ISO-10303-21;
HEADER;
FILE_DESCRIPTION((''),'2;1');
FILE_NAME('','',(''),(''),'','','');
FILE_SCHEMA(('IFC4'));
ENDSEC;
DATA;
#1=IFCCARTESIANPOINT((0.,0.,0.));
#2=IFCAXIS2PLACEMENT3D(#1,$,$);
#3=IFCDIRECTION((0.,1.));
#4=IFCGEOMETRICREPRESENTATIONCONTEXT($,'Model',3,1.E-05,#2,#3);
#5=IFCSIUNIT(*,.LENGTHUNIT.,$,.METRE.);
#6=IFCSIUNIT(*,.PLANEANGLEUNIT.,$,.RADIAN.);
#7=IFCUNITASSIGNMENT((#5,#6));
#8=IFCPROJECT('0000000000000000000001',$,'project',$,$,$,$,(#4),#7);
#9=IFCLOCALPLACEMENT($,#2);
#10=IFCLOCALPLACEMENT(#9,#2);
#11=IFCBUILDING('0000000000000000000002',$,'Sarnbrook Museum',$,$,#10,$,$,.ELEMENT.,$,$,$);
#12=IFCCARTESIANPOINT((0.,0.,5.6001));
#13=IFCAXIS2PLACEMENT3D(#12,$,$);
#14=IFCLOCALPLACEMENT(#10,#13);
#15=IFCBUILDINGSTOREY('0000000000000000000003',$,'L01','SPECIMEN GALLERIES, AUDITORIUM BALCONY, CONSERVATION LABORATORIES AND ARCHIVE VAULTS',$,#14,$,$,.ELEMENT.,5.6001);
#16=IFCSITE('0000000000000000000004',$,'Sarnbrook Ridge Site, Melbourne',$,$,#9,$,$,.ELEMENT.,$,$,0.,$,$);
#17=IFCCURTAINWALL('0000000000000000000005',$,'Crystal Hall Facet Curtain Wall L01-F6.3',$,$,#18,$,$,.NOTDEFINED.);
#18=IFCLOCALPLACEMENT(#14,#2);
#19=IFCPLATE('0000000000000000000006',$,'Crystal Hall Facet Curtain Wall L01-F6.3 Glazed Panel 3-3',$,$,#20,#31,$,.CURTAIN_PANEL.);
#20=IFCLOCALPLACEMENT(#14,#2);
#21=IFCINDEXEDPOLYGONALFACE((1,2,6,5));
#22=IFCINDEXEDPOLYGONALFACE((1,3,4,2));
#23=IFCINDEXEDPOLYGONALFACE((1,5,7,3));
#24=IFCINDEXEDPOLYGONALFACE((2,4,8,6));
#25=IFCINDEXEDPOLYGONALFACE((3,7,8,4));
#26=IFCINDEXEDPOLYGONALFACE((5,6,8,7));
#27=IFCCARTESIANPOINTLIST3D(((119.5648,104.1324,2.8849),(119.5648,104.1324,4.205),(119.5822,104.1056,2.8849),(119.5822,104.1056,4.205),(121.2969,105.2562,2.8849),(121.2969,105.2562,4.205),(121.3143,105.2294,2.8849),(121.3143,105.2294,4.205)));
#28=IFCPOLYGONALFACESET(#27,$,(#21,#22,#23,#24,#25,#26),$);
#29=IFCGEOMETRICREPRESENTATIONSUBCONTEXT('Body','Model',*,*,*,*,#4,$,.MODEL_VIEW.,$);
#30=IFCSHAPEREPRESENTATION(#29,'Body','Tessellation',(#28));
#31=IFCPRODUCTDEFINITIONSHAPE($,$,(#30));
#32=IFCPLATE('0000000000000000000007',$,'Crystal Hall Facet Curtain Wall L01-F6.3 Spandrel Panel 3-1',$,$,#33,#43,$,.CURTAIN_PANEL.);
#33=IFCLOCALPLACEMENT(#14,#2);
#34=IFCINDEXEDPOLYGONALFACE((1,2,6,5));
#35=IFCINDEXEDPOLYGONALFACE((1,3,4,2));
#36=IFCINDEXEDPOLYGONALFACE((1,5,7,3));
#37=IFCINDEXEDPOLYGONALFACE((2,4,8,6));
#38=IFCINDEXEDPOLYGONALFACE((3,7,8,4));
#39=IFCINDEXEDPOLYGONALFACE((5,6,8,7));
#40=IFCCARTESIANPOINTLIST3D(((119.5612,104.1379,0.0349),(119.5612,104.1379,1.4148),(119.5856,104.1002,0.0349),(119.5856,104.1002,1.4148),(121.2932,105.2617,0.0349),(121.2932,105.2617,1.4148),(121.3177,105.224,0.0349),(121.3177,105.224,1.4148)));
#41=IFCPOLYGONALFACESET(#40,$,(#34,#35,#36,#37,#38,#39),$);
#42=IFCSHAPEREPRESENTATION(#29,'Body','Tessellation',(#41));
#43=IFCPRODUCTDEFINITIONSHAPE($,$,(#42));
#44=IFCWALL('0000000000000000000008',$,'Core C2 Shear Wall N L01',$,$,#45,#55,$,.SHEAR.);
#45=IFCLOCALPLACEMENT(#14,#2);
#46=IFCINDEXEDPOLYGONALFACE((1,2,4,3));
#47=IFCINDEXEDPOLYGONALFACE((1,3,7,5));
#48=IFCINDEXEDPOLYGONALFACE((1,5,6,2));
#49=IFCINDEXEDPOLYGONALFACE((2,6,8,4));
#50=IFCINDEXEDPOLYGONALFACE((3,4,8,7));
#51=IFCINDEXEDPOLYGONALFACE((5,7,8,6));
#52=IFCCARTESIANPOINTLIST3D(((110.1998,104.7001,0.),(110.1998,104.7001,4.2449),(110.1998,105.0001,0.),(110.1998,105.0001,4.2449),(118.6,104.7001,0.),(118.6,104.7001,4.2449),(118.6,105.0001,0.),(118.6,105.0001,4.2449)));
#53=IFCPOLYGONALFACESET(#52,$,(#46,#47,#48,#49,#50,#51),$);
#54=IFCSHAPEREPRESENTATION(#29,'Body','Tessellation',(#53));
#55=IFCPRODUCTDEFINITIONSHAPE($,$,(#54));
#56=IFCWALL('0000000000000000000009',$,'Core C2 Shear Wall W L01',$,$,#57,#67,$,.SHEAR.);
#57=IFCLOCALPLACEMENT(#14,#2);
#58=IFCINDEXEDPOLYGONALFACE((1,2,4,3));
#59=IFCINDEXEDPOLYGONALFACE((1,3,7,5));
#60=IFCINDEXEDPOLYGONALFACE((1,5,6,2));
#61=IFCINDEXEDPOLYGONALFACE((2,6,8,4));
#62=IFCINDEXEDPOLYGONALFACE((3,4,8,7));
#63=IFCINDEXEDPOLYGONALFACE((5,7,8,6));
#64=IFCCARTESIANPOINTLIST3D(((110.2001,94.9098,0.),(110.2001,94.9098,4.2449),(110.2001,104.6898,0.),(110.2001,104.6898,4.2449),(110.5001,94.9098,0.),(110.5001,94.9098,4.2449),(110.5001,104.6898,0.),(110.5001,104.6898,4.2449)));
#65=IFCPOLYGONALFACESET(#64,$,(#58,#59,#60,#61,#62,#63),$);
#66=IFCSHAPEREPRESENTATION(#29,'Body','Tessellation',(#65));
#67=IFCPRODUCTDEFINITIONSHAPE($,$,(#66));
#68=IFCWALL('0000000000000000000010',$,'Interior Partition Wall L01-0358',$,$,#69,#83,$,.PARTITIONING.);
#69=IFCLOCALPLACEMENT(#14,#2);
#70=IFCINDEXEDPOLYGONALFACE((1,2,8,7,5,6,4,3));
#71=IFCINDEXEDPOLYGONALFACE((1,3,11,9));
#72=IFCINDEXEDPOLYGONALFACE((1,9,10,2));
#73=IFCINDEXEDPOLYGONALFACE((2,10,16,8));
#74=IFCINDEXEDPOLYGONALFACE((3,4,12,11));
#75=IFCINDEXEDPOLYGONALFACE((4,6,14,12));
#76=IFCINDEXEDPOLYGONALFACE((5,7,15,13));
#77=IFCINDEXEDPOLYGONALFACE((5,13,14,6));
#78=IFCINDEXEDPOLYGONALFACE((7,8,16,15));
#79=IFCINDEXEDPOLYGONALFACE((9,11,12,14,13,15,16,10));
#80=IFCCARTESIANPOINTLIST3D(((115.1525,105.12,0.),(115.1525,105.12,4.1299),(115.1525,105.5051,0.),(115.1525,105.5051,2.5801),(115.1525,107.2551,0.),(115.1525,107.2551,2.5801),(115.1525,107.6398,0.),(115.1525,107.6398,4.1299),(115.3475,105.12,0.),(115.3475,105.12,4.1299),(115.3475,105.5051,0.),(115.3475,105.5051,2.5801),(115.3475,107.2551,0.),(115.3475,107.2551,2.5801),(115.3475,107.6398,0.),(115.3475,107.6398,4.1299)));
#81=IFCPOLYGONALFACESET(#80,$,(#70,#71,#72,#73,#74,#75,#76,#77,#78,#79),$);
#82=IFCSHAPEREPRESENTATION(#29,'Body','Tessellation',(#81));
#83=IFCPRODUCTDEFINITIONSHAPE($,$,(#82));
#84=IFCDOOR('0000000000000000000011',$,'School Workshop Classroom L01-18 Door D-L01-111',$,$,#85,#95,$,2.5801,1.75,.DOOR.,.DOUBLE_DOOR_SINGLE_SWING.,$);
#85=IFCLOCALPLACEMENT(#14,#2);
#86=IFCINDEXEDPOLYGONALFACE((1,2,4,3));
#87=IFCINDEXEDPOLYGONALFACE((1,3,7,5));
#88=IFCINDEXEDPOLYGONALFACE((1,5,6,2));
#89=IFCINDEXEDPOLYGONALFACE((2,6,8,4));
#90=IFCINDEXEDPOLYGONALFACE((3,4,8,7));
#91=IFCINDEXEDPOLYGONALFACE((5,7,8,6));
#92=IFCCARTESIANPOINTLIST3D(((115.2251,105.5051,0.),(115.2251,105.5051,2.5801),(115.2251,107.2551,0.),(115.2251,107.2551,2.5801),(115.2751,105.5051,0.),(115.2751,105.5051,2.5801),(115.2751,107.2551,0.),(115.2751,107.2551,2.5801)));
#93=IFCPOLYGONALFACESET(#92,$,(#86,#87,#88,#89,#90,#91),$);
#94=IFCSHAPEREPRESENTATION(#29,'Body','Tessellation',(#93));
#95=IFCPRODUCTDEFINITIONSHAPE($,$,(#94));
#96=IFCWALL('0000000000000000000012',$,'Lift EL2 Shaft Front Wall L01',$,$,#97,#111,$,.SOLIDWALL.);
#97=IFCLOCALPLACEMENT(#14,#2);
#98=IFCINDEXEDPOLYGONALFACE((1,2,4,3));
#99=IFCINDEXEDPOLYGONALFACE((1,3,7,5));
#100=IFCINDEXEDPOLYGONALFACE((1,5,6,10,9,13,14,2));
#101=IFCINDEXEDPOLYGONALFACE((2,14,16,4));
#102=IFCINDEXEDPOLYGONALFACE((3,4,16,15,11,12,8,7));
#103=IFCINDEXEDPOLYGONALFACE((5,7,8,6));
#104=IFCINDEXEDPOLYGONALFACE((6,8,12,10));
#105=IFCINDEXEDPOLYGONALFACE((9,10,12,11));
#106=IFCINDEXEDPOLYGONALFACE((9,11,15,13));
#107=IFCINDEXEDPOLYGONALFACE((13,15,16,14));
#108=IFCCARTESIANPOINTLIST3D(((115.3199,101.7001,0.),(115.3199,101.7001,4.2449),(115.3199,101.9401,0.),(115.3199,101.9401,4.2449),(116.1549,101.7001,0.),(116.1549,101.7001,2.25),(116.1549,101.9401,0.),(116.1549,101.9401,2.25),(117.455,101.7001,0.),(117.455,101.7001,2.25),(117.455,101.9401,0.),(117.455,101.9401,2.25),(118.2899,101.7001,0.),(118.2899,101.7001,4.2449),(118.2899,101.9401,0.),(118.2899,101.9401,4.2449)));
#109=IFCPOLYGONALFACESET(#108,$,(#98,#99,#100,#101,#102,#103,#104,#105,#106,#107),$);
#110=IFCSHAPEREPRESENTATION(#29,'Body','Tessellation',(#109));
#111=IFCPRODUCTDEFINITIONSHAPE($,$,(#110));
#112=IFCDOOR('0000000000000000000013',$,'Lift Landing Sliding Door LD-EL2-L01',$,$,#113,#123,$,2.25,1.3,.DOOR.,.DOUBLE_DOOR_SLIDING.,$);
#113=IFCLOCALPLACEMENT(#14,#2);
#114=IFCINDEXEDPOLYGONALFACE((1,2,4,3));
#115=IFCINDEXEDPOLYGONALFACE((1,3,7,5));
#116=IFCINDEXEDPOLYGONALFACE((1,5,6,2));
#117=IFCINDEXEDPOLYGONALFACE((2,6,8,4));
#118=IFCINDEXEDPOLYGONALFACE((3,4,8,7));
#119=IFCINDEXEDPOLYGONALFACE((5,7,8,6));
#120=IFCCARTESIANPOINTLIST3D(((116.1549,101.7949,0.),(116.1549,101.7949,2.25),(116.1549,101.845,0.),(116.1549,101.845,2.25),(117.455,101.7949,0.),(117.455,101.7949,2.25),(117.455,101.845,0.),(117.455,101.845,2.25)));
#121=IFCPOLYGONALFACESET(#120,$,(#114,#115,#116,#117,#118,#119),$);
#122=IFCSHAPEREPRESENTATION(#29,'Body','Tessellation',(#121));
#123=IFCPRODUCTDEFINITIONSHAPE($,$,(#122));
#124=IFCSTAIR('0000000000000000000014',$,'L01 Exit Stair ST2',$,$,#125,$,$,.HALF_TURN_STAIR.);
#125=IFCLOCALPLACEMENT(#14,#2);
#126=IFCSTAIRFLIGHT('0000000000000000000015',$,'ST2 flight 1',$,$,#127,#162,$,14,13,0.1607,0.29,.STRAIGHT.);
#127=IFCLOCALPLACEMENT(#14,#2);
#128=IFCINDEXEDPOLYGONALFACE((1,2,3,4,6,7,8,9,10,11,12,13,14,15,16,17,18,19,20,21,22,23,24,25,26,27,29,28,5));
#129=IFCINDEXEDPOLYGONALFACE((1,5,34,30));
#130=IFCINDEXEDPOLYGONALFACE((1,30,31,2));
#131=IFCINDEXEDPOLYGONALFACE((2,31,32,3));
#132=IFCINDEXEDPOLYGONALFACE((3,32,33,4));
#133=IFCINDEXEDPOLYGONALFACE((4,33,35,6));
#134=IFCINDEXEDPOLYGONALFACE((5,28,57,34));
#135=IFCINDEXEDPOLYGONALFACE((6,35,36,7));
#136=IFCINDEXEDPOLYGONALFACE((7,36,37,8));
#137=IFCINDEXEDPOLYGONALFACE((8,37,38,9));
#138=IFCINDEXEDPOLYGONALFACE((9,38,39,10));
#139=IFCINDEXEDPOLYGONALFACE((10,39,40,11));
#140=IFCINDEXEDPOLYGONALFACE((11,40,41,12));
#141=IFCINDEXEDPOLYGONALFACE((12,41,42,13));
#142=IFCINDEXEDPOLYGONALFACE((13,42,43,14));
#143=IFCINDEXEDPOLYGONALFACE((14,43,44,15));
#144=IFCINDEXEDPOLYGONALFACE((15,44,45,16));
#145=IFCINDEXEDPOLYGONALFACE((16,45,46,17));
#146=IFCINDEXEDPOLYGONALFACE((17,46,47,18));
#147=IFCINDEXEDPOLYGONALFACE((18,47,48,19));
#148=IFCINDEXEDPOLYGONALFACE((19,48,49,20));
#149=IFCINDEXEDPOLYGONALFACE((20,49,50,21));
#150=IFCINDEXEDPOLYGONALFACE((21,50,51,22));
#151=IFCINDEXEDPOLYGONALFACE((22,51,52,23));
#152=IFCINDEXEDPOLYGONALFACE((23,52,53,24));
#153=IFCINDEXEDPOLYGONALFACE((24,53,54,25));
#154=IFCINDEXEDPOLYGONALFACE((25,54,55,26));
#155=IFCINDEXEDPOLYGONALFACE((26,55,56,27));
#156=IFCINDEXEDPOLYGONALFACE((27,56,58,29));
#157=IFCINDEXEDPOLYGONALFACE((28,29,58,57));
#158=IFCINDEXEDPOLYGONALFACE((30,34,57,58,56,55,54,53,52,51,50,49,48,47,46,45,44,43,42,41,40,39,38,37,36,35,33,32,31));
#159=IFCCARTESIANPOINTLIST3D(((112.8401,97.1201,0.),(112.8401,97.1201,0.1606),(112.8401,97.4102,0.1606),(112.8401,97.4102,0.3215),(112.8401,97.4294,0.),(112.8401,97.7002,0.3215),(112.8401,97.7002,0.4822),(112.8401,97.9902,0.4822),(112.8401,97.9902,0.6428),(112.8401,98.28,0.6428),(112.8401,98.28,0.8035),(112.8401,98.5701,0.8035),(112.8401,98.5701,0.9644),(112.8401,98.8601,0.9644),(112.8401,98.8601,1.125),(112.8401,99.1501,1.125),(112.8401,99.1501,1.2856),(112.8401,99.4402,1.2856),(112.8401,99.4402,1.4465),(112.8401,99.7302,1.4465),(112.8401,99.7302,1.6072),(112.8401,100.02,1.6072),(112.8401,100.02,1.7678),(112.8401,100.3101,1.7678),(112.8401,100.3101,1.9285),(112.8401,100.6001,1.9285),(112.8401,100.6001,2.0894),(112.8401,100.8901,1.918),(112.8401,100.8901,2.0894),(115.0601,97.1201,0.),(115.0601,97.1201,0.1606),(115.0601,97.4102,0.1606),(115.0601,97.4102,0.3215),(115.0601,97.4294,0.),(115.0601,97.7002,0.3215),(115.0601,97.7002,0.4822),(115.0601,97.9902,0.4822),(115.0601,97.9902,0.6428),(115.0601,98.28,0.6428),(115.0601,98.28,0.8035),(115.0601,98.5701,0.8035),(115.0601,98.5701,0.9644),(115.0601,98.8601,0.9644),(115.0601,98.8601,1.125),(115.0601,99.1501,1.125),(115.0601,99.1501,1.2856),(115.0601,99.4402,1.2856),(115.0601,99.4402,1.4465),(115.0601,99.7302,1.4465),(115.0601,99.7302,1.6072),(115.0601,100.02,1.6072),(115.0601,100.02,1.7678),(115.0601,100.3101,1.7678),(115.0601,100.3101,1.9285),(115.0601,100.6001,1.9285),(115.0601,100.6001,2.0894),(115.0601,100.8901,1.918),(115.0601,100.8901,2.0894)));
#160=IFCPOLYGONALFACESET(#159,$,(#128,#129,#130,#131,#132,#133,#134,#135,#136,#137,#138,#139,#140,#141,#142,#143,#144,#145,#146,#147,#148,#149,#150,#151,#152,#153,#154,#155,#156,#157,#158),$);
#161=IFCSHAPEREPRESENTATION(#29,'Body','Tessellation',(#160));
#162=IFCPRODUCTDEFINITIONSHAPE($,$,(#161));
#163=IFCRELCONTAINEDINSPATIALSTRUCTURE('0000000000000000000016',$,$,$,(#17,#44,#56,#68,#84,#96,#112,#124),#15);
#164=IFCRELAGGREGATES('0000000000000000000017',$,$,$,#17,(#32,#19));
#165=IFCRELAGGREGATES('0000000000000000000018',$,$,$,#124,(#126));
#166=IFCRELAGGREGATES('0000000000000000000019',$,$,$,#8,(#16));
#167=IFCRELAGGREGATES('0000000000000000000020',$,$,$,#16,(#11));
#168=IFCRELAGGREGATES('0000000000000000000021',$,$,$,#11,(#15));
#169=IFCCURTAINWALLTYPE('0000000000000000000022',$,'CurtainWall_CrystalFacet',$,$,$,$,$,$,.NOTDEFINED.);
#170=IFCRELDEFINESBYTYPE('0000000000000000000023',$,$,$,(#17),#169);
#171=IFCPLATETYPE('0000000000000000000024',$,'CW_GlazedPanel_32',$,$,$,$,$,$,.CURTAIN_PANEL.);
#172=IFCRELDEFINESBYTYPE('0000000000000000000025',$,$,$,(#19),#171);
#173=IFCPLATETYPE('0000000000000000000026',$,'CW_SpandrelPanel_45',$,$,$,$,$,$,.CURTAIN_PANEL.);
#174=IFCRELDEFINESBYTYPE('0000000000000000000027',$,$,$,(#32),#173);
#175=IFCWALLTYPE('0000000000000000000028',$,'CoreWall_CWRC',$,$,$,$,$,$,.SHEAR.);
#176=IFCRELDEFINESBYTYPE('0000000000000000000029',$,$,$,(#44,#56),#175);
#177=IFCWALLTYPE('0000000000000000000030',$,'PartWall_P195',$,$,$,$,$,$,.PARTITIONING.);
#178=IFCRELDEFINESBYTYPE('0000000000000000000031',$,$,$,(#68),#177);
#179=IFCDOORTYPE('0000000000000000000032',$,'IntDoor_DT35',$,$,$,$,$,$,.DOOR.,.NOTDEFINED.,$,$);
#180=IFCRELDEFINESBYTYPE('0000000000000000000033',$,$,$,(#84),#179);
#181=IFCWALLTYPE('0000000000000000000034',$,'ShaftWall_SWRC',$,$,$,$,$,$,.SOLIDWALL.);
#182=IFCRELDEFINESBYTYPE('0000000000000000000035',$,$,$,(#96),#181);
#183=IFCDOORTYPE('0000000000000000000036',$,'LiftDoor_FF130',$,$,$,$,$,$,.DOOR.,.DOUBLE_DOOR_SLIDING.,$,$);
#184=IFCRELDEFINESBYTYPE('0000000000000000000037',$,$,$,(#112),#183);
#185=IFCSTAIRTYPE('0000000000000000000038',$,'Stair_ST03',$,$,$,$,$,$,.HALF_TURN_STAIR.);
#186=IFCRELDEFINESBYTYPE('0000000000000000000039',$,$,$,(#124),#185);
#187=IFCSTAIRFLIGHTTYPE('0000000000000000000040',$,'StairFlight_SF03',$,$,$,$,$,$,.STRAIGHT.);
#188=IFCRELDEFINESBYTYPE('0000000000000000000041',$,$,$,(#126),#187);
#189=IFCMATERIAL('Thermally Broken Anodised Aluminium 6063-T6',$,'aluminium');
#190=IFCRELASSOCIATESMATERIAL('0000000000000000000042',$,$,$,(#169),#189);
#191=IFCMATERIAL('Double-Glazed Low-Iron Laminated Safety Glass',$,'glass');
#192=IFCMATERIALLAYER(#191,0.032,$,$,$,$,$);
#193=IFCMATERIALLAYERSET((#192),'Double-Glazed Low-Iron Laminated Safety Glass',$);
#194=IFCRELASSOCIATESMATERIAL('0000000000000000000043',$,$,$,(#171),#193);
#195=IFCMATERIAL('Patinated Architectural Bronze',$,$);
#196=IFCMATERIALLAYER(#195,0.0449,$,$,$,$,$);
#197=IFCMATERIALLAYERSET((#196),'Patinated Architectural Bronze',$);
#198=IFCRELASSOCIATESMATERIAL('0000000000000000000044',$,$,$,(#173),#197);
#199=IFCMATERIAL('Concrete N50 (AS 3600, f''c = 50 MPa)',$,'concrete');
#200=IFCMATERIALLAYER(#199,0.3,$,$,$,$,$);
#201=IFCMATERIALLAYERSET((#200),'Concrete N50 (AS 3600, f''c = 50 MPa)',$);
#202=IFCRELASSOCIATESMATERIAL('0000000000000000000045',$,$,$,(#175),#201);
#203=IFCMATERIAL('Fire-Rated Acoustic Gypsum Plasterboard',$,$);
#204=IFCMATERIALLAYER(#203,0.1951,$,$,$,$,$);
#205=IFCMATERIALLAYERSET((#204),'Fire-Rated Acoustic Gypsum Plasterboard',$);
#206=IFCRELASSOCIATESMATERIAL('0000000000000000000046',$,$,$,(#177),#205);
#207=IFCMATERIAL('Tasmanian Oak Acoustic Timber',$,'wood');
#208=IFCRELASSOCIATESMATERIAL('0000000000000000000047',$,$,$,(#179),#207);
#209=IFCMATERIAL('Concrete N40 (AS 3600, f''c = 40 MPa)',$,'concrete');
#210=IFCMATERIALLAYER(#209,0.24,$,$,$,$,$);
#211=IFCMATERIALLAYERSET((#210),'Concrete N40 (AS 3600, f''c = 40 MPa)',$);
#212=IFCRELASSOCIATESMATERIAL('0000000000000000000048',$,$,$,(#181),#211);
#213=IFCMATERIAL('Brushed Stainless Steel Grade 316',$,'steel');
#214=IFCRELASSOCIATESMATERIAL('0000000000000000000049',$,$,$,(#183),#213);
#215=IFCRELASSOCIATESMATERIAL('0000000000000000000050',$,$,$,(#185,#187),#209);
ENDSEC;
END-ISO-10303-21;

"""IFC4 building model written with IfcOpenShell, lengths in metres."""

from ifc_helpers import new_model, si_unit, direction, frame, frame_2d, origin, origin_2d, place, context, subcontext, project, spatial, polyline, rectangle, outline, extrude, material, layer, layer_set, type_object, element, fill, aggregate, save


model = new_model("IFC4")

# Units and contexts
model_context = context("Model", 3, precision=1e-05, world=origin(), true_north=direction((0.0, 1.0)))
body_context = subcontext(model_context, "Body", "Model", "MODEL_VIEW")
ifc_project = project(units=[si_unit("LENGTHUNIT", "METRE"), si_unit("PLANEANGLEUNIT", "RADIAN")], contexts=[model_context])

# Site, building, storey
site_placement = place(None, origin())
site = spatial("IfcSite", under=ifc_project, at=site_placement, Name="Sarnbrook Ridge Site, Melbourne", CompositionType="ELEMENT", RefElevation=0.0)
building_placement = place(site_placement, origin())
building = spatial("IfcBuilding", under=site, at=building_placement, Name="Sarnbrook Museum", CompositionType="ELEMENT")
storey_placement = place(building_placement, frame((0.0, 0.0, 5.6001)))
storey = spatial("IfcBuildingStorey", under=building, at=storey_placement, Name="L01", Description="SPECIMEN GALLERIES, AUDITORIUM BALCONY, CONSERVATION LABORATORIES AND ARCHIVE VAULTS", CompositionType="ELEMENT", Elevation=5.6001)

# Curtain wall, plates
ifc_material_1 = material(Name="Thermally Broken Anodised Aluminium 6063-T6", Category="aluminium")
curtain_wall_type = type_object("IfcCurtainWallType", Name="CurtainWall_CrystalFacet", PredefinedType="NOTDEFINED", material=ifc_material_1)
curtain_wall_placement = place(storey_placement, origin())
curtain_wall = element("IfcCurtainWall", 1, at=curtain_wall_placement, inside=storey, type_object=curtain_wall_type, Name="Crystal Hall Facet Curtain Wall L01-F6.3", PredefinedType="NOTDEFINED")
ifc_material_2 = material(Name="Double-Glazed Low-Iron Laminated Safety Glass", Category="glass")
ifc_layer_1 = layer(ifc_material_2, 0.032)
ifc_layer_set_1 = layer_set([ifc_layer_1], Name="Double-Glazed Low-Iron Laminated Safety Glass")
plate_type_1 = type_object("IfcPlateType", Name="CW_GlazedPanel_32", PredefinedType="CURTAIN_PANEL", material=ifc_layer_set_1)
plate_1_placement = place(storey_placement, frame((120.4482, 104.6675, 3.5449), z_axis=(-0.544287, 0.838899, 0.0), x_axis=(-0.838899, -0.544287, 0.0)))
plate_1 = element("IfcPlate", 2, at=plate_1_placement, type_object=plate_type_1, Name="Crystal Hall Facet Curtain Wall L01-F6.3 Glazed Panel 3-3", PredefinedType="CURTAIN_PANEL", context=body_context, shape_type="SweptSolid", body=[
    extrude(rectangle(XDim=2.0647, YDim=1.3201, at=origin_2d()), origin(), (0.0, 0.0, 1.0), 0.032),
])
ifc_material_3 = material(Name="Patinated Architectural Bronze")
ifc_layer_2 = layer(ifc_material_3, 0.0449)
ifc_layer_set_2 = layer_set([ifc_layer_2], Name="Patinated Architectural Bronze")
plate_type_2 = type_object("IfcPlateType", Name="CW_SpandrelPanel_45", PredefinedType="CURTAIN_PANEL", material=ifc_layer_set_2)
plate_2_placement = place(storey_placement, frame((120.4517, 104.6621, 0.7249), z_axis=(-0.544287, 0.838899, 0.0), x_axis=(-0.838899, -0.544287, 0.0)))
plate_2 = element("IfcPlate", 3, at=plate_2_placement, type_object=plate_type_2, Name="Crystal Hall Facet Curtain Wall L01-F6.3 Spandrel Panel 3-1", PredefinedType="CURTAIN_PANEL", context=body_context, shape_type="SweptSolid", body=[
    extrude(rectangle(XDim=2.0647, YDim=1.3799, at=origin_2d()), origin(), (0.0, 0.0, 1.0), 0.0449),
])
aggregate(curtain_wall, [plate_2, plate_1])

# Walls
ifc_material_4 = material(Name="Concrete N50 (AS 3600, f'c = 50 MPa)", Category="concrete")
ifc_layer_3 = layer(ifc_material_4, 0.3)
ifc_layer_set_3 = layer_set([ifc_layer_3], Name="Concrete N50 (AS 3600, f'c = 50 MPa)")
wall_type_1 = type_object("IfcWallType", Name="CoreWall_CWRC", PredefinedType="SHEAR", material=ifc_layer_set_3)
wall_1_placement = place(storey_placement, frame((118.6001, 104.8501, 0.0), z_axis=(0.0, 0.0, 1.0), x_axis=(-1.0, 0.0, 0.0)))
element("IfcWall", 4, at=wall_1_placement, inside=storey, type_object=wall_type_1, Name="Core C2 Shear Wall N L01", PredefinedType="SHEAR", context=body_context, shape_type="SweptSolid", body=[
    extrude(rectangle(XDim=8.4001, YDim=0.3, at=frame_2d((4.2002, 0.0))), origin(), (0.0, 0.0, 1.0), 4.2449),
])
wall_2_placement = place(storey_placement, frame((110.3501, 104.6899, 0.0), z_axis=(0.0, 0.0, 1.0), x_axis=(0.0, -1.0, 0.0)))
element("IfcWall", 5, at=wall_2_placement, inside=storey, type_object=wall_type_1, Name="Core C2 Shear Wall W L01", PredefinedType="SHEAR", context=body_context, shape_type="SweptSolid", body=[
    extrude(rectangle(XDim=9.78, YDim=0.3, at=frame_2d((4.8901, 0.0))), origin(), (0.0, 0.0, 1.0), 4.2449),
])

# Walls, openings, doors
ifc_material_5 = material(Name="Fire-Rated Acoustic Gypsum Plasterboard")
ifc_layer_4 = layer(ifc_material_5, 0.1951)
ifc_layer_set_4 = layer_set([ifc_layer_4], Name="Fire-Rated Acoustic Gypsum Plasterboard")
wall_type_2 = type_object("IfcWallType", Name="PartWall_P195", PredefinedType="PARTITIONING", material=ifc_layer_set_4)
wall_3_placement = place(storey_placement, frame((115.25, 105.1201, 0.0), z_axis=(0.0, 0.0, 1.0), x_axis=(0.0, 1.0, 0.0)))
wall_3 = element("IfcWall", 6, at=wall_3_placement, inside=storey, type_object=wall_type_2, Name="Interior Partition Wall L01-0358", PredefinedType="PARTITIONING", context=body_context, shape_type="SweptSolid", body=[
    extrude(rectangle(XDim=2.5198, YDim=0.1951, at=frame_2d((1.2598, 0.0))), origin(), (0.0, 0.0, 1.0), 4.1299),
])
opening_1_placement = place(wall_3_placement, frame((0.385, 0.0, 0.0)))
opening_1 = element("IfcOpeningElement", 7, at=opening_1_placement, cuts=wall_3, PredefinedType="OPENING", context=body_context, shape_type="SweptSolid", body=[
    extrude(rectangle(XDim=1.75, YDim=2.5801, at=frame_2d((0.875, 1.29))), frame((0.0, 0.1074, 0.0), z_axis=(0.0, -1.0, 0.0), x_axis=(1.0, 0.0, 0.0)), (0.0, 0.0, 1.0), 0.2151),
])
ifc_material_6 = material(Name="Tasmanian Oak Acoustic Timber", Category="wood")
door_type_1 = type_object("IfcDoorType", Name="IntDoor_DT35", OperationType="NOTDEFINED", PredefinedType="DOOR", material=ifc_material_6)
door_1_placement = place(opening_1_placement, origin())
door_1 = element("IfcDoor", 8, at=door_1_placement, inside=storey, type_object=door_type_1, Name="School Workshop Classroom L01-18 Door D-L01-111", OperationType="DOUBLE_DOOR_SINGLE_SWING", OverallHeight=2.5801, OverallWidth=1.75, PredefinedType="DOOR", context=body_context, shape_type="SweptSolid", body=[
    extrude(rectangle(XDim=1.75, YDim=2.5801, at=frame_2d((0.875, 1.29))), frame((0.0, 0.0249, 0.0), z_axis=(0.0, -1.0, 0.0), x_axis=(1.0, 0.0, 0.0)), (0.0, 0.0, 1.0), 0.05),
])
fill(opening_1, door_1)
ifc_material_7 = material(Name="Concrete N40 (AS 3600, f'c = 40 MPa)", Category="concrete")
ifc_layer_5 = layer(ifc_material_7, 0.24)
ifc_layer_set_5 = layer_set([ifc_layer_5], Name="Concrete N40 (AS 3600, f'c = 40 MPa)")
wall_type_3 = type_object("IfcWallType", Name="ShaftWall_SWRC", PredefinedType="SOLIDWALL", material=ifc_layer_set_5)
wall_4_placement = place(storey_placement, frame((115.3201, 101.8201, 0.0), z_axis=(0.0, 0.0, 1.0), x_axis=(1.0, 0.0, 0.0)))
wall_4 = element("IfcWall", 9, at=wall_4_placement, inside=storey, type_object=wall_type_3, Name="Lift EL2 Shaft Front Wall L01", PredefinedType="SOLIDWALL", context=body_context, shape_type="SweptSolid", body=[
    extrude(rectangle(XDim=2.97, YDim=0.24, at=frame_2d((1.4849, 0.0))), origin(), (0.0, 0.0, 1.0), 4.2449),
])
opening_2_placement = place(wall_4_placement, frame((0.835, 0.0, 0.0)))
opening_2 = element("IfcOpeningElement", 10, at=opening_2_placement, cuts=wall_4, PredefinedType="OPENING", context=body_context, shape_type="SweptSolid", body=[
    extrude(rectangle(XDim=1.3, YDim=2.25, at=frame_2d((0.6499, 1.125))), frame((0.0, 0.1299, 0.0), z_axis=(0.0, -1.0, 0.0), x_axis=(1.0, 0.0, 0.0)), (0.0, 0.0, 1.0), 0.26),
])
ifc_material_8 = material(Name="Brushed Stainless Steel Grade 316", Category="steel")
door_type_2 = type_object("IfcDoorType", Name="LiftDoor_FF130", OperationType="DOUBLE_DOOR_SLIDING", PredefinedType="DOOR", material=ifc_material_8)
door_2_placement = place(opening_2_placement, origin())
door_2 = element("IfcDoor", 11, at=door_2_placement, inside=storey, type_object=door_type_2, Name="Lift Landing Sliding Door LD-EL2-L01", OperationType="DOUBLE_DOOR_SLIDING", OverallHeight=2.25, OverallWidth=1.3, PredefinedType="DOOR", context=body_context, shape_type="SweptSolid", body=[
    extrude(rectangle(XDim=1.3, YDim=2.25, at=frame_2d((0.6499, 1.125))), frame((0.0, 0.0249, 0.0), z_axis=(0.0, -1.0, 0.0), x_axis=(1.0, 0.0, 0.0)), (0.0, 0.0, 1.0), 0.05),
])
fill(opening_2, door_2)

# Stair, stair flight
stair_type = type_object("IfcStairType", Name="Stair_ST03", PredefinedType="HALF_TURN_STAIR", material=ifc_material_7)
stair_placement = place(storey_placement, origin())
stair = element("IfcStair", 12, at=stair_placement, inside=storey, type_object=stair_type, Name="L01 Exit Stair ST2", PredefinedType="HALF_TURN_STAIR")
stair_flight_type = type_object("IfcStairFlightType", Name="StairFlight_SF03", PredefinedType="STRAIGHT", material=ifc_material_7)
stair_flight_1_placement = place(storey_placement, frame((113.95, 97.1201, 0.0), z_axis=(0.0, 0.0, 1.0), x_axis=(0.0, 1.0, 0.0)))
stair_flight_1 = element("IfcStairFlight", 13, at=stair_flight_1_placement, type_object=stair_flight_type, Name="ST2 flight 1", NumberOfRisers=14, NumberOfTreads=13, PredefinedType="STRAIGHT", RiserHeight=0.1607, TreadLength=0.29, context=body_context, shape_type="SweptSolid", body=[
    extrude(outline(polyline([(0.0, 0.0), (0.0, 0.1606), (0.29, 0.1606), (0.29, 0.3215), (0.5801, 0.3215), (0.5801, 0.4822), (0.8701, 0.4822), (0.8701, 0.6428), (1.1599, 0.6428), (1.1599, 0.8035), (1.45, 0.8035), (1.45, 0.9644), (1.74, 0.9644), (1.74, 1.125), (2.03, 1.125), (2.03, 1.2856), (2.3201, 1.2856), (2.3201, 1.4465), (2.6101, 1.4465), (2.6101, 1.6072), (2.8999, 1.6072), (2.8999, 1.7678), (3.1899, 1.7678), (3.1899, 1.9285), (3.48, 1.9285), (3.48, 2.0894), (3.77, 2.0894), (3.77, 2.25), (3.77, 1.918), (0.3093, 0.0), (0.0, 0.0)])), frame((0.0, 1.1099, 0.0), z_axis=(0.0, -1.0, 0.0), x_axis=(1.0, 0.0, 0.0)), (0.0, 0.0, 1.0), 2.22),
])
aggregate(stair, [stair_flight_1])

save(model, "model.ifc")
